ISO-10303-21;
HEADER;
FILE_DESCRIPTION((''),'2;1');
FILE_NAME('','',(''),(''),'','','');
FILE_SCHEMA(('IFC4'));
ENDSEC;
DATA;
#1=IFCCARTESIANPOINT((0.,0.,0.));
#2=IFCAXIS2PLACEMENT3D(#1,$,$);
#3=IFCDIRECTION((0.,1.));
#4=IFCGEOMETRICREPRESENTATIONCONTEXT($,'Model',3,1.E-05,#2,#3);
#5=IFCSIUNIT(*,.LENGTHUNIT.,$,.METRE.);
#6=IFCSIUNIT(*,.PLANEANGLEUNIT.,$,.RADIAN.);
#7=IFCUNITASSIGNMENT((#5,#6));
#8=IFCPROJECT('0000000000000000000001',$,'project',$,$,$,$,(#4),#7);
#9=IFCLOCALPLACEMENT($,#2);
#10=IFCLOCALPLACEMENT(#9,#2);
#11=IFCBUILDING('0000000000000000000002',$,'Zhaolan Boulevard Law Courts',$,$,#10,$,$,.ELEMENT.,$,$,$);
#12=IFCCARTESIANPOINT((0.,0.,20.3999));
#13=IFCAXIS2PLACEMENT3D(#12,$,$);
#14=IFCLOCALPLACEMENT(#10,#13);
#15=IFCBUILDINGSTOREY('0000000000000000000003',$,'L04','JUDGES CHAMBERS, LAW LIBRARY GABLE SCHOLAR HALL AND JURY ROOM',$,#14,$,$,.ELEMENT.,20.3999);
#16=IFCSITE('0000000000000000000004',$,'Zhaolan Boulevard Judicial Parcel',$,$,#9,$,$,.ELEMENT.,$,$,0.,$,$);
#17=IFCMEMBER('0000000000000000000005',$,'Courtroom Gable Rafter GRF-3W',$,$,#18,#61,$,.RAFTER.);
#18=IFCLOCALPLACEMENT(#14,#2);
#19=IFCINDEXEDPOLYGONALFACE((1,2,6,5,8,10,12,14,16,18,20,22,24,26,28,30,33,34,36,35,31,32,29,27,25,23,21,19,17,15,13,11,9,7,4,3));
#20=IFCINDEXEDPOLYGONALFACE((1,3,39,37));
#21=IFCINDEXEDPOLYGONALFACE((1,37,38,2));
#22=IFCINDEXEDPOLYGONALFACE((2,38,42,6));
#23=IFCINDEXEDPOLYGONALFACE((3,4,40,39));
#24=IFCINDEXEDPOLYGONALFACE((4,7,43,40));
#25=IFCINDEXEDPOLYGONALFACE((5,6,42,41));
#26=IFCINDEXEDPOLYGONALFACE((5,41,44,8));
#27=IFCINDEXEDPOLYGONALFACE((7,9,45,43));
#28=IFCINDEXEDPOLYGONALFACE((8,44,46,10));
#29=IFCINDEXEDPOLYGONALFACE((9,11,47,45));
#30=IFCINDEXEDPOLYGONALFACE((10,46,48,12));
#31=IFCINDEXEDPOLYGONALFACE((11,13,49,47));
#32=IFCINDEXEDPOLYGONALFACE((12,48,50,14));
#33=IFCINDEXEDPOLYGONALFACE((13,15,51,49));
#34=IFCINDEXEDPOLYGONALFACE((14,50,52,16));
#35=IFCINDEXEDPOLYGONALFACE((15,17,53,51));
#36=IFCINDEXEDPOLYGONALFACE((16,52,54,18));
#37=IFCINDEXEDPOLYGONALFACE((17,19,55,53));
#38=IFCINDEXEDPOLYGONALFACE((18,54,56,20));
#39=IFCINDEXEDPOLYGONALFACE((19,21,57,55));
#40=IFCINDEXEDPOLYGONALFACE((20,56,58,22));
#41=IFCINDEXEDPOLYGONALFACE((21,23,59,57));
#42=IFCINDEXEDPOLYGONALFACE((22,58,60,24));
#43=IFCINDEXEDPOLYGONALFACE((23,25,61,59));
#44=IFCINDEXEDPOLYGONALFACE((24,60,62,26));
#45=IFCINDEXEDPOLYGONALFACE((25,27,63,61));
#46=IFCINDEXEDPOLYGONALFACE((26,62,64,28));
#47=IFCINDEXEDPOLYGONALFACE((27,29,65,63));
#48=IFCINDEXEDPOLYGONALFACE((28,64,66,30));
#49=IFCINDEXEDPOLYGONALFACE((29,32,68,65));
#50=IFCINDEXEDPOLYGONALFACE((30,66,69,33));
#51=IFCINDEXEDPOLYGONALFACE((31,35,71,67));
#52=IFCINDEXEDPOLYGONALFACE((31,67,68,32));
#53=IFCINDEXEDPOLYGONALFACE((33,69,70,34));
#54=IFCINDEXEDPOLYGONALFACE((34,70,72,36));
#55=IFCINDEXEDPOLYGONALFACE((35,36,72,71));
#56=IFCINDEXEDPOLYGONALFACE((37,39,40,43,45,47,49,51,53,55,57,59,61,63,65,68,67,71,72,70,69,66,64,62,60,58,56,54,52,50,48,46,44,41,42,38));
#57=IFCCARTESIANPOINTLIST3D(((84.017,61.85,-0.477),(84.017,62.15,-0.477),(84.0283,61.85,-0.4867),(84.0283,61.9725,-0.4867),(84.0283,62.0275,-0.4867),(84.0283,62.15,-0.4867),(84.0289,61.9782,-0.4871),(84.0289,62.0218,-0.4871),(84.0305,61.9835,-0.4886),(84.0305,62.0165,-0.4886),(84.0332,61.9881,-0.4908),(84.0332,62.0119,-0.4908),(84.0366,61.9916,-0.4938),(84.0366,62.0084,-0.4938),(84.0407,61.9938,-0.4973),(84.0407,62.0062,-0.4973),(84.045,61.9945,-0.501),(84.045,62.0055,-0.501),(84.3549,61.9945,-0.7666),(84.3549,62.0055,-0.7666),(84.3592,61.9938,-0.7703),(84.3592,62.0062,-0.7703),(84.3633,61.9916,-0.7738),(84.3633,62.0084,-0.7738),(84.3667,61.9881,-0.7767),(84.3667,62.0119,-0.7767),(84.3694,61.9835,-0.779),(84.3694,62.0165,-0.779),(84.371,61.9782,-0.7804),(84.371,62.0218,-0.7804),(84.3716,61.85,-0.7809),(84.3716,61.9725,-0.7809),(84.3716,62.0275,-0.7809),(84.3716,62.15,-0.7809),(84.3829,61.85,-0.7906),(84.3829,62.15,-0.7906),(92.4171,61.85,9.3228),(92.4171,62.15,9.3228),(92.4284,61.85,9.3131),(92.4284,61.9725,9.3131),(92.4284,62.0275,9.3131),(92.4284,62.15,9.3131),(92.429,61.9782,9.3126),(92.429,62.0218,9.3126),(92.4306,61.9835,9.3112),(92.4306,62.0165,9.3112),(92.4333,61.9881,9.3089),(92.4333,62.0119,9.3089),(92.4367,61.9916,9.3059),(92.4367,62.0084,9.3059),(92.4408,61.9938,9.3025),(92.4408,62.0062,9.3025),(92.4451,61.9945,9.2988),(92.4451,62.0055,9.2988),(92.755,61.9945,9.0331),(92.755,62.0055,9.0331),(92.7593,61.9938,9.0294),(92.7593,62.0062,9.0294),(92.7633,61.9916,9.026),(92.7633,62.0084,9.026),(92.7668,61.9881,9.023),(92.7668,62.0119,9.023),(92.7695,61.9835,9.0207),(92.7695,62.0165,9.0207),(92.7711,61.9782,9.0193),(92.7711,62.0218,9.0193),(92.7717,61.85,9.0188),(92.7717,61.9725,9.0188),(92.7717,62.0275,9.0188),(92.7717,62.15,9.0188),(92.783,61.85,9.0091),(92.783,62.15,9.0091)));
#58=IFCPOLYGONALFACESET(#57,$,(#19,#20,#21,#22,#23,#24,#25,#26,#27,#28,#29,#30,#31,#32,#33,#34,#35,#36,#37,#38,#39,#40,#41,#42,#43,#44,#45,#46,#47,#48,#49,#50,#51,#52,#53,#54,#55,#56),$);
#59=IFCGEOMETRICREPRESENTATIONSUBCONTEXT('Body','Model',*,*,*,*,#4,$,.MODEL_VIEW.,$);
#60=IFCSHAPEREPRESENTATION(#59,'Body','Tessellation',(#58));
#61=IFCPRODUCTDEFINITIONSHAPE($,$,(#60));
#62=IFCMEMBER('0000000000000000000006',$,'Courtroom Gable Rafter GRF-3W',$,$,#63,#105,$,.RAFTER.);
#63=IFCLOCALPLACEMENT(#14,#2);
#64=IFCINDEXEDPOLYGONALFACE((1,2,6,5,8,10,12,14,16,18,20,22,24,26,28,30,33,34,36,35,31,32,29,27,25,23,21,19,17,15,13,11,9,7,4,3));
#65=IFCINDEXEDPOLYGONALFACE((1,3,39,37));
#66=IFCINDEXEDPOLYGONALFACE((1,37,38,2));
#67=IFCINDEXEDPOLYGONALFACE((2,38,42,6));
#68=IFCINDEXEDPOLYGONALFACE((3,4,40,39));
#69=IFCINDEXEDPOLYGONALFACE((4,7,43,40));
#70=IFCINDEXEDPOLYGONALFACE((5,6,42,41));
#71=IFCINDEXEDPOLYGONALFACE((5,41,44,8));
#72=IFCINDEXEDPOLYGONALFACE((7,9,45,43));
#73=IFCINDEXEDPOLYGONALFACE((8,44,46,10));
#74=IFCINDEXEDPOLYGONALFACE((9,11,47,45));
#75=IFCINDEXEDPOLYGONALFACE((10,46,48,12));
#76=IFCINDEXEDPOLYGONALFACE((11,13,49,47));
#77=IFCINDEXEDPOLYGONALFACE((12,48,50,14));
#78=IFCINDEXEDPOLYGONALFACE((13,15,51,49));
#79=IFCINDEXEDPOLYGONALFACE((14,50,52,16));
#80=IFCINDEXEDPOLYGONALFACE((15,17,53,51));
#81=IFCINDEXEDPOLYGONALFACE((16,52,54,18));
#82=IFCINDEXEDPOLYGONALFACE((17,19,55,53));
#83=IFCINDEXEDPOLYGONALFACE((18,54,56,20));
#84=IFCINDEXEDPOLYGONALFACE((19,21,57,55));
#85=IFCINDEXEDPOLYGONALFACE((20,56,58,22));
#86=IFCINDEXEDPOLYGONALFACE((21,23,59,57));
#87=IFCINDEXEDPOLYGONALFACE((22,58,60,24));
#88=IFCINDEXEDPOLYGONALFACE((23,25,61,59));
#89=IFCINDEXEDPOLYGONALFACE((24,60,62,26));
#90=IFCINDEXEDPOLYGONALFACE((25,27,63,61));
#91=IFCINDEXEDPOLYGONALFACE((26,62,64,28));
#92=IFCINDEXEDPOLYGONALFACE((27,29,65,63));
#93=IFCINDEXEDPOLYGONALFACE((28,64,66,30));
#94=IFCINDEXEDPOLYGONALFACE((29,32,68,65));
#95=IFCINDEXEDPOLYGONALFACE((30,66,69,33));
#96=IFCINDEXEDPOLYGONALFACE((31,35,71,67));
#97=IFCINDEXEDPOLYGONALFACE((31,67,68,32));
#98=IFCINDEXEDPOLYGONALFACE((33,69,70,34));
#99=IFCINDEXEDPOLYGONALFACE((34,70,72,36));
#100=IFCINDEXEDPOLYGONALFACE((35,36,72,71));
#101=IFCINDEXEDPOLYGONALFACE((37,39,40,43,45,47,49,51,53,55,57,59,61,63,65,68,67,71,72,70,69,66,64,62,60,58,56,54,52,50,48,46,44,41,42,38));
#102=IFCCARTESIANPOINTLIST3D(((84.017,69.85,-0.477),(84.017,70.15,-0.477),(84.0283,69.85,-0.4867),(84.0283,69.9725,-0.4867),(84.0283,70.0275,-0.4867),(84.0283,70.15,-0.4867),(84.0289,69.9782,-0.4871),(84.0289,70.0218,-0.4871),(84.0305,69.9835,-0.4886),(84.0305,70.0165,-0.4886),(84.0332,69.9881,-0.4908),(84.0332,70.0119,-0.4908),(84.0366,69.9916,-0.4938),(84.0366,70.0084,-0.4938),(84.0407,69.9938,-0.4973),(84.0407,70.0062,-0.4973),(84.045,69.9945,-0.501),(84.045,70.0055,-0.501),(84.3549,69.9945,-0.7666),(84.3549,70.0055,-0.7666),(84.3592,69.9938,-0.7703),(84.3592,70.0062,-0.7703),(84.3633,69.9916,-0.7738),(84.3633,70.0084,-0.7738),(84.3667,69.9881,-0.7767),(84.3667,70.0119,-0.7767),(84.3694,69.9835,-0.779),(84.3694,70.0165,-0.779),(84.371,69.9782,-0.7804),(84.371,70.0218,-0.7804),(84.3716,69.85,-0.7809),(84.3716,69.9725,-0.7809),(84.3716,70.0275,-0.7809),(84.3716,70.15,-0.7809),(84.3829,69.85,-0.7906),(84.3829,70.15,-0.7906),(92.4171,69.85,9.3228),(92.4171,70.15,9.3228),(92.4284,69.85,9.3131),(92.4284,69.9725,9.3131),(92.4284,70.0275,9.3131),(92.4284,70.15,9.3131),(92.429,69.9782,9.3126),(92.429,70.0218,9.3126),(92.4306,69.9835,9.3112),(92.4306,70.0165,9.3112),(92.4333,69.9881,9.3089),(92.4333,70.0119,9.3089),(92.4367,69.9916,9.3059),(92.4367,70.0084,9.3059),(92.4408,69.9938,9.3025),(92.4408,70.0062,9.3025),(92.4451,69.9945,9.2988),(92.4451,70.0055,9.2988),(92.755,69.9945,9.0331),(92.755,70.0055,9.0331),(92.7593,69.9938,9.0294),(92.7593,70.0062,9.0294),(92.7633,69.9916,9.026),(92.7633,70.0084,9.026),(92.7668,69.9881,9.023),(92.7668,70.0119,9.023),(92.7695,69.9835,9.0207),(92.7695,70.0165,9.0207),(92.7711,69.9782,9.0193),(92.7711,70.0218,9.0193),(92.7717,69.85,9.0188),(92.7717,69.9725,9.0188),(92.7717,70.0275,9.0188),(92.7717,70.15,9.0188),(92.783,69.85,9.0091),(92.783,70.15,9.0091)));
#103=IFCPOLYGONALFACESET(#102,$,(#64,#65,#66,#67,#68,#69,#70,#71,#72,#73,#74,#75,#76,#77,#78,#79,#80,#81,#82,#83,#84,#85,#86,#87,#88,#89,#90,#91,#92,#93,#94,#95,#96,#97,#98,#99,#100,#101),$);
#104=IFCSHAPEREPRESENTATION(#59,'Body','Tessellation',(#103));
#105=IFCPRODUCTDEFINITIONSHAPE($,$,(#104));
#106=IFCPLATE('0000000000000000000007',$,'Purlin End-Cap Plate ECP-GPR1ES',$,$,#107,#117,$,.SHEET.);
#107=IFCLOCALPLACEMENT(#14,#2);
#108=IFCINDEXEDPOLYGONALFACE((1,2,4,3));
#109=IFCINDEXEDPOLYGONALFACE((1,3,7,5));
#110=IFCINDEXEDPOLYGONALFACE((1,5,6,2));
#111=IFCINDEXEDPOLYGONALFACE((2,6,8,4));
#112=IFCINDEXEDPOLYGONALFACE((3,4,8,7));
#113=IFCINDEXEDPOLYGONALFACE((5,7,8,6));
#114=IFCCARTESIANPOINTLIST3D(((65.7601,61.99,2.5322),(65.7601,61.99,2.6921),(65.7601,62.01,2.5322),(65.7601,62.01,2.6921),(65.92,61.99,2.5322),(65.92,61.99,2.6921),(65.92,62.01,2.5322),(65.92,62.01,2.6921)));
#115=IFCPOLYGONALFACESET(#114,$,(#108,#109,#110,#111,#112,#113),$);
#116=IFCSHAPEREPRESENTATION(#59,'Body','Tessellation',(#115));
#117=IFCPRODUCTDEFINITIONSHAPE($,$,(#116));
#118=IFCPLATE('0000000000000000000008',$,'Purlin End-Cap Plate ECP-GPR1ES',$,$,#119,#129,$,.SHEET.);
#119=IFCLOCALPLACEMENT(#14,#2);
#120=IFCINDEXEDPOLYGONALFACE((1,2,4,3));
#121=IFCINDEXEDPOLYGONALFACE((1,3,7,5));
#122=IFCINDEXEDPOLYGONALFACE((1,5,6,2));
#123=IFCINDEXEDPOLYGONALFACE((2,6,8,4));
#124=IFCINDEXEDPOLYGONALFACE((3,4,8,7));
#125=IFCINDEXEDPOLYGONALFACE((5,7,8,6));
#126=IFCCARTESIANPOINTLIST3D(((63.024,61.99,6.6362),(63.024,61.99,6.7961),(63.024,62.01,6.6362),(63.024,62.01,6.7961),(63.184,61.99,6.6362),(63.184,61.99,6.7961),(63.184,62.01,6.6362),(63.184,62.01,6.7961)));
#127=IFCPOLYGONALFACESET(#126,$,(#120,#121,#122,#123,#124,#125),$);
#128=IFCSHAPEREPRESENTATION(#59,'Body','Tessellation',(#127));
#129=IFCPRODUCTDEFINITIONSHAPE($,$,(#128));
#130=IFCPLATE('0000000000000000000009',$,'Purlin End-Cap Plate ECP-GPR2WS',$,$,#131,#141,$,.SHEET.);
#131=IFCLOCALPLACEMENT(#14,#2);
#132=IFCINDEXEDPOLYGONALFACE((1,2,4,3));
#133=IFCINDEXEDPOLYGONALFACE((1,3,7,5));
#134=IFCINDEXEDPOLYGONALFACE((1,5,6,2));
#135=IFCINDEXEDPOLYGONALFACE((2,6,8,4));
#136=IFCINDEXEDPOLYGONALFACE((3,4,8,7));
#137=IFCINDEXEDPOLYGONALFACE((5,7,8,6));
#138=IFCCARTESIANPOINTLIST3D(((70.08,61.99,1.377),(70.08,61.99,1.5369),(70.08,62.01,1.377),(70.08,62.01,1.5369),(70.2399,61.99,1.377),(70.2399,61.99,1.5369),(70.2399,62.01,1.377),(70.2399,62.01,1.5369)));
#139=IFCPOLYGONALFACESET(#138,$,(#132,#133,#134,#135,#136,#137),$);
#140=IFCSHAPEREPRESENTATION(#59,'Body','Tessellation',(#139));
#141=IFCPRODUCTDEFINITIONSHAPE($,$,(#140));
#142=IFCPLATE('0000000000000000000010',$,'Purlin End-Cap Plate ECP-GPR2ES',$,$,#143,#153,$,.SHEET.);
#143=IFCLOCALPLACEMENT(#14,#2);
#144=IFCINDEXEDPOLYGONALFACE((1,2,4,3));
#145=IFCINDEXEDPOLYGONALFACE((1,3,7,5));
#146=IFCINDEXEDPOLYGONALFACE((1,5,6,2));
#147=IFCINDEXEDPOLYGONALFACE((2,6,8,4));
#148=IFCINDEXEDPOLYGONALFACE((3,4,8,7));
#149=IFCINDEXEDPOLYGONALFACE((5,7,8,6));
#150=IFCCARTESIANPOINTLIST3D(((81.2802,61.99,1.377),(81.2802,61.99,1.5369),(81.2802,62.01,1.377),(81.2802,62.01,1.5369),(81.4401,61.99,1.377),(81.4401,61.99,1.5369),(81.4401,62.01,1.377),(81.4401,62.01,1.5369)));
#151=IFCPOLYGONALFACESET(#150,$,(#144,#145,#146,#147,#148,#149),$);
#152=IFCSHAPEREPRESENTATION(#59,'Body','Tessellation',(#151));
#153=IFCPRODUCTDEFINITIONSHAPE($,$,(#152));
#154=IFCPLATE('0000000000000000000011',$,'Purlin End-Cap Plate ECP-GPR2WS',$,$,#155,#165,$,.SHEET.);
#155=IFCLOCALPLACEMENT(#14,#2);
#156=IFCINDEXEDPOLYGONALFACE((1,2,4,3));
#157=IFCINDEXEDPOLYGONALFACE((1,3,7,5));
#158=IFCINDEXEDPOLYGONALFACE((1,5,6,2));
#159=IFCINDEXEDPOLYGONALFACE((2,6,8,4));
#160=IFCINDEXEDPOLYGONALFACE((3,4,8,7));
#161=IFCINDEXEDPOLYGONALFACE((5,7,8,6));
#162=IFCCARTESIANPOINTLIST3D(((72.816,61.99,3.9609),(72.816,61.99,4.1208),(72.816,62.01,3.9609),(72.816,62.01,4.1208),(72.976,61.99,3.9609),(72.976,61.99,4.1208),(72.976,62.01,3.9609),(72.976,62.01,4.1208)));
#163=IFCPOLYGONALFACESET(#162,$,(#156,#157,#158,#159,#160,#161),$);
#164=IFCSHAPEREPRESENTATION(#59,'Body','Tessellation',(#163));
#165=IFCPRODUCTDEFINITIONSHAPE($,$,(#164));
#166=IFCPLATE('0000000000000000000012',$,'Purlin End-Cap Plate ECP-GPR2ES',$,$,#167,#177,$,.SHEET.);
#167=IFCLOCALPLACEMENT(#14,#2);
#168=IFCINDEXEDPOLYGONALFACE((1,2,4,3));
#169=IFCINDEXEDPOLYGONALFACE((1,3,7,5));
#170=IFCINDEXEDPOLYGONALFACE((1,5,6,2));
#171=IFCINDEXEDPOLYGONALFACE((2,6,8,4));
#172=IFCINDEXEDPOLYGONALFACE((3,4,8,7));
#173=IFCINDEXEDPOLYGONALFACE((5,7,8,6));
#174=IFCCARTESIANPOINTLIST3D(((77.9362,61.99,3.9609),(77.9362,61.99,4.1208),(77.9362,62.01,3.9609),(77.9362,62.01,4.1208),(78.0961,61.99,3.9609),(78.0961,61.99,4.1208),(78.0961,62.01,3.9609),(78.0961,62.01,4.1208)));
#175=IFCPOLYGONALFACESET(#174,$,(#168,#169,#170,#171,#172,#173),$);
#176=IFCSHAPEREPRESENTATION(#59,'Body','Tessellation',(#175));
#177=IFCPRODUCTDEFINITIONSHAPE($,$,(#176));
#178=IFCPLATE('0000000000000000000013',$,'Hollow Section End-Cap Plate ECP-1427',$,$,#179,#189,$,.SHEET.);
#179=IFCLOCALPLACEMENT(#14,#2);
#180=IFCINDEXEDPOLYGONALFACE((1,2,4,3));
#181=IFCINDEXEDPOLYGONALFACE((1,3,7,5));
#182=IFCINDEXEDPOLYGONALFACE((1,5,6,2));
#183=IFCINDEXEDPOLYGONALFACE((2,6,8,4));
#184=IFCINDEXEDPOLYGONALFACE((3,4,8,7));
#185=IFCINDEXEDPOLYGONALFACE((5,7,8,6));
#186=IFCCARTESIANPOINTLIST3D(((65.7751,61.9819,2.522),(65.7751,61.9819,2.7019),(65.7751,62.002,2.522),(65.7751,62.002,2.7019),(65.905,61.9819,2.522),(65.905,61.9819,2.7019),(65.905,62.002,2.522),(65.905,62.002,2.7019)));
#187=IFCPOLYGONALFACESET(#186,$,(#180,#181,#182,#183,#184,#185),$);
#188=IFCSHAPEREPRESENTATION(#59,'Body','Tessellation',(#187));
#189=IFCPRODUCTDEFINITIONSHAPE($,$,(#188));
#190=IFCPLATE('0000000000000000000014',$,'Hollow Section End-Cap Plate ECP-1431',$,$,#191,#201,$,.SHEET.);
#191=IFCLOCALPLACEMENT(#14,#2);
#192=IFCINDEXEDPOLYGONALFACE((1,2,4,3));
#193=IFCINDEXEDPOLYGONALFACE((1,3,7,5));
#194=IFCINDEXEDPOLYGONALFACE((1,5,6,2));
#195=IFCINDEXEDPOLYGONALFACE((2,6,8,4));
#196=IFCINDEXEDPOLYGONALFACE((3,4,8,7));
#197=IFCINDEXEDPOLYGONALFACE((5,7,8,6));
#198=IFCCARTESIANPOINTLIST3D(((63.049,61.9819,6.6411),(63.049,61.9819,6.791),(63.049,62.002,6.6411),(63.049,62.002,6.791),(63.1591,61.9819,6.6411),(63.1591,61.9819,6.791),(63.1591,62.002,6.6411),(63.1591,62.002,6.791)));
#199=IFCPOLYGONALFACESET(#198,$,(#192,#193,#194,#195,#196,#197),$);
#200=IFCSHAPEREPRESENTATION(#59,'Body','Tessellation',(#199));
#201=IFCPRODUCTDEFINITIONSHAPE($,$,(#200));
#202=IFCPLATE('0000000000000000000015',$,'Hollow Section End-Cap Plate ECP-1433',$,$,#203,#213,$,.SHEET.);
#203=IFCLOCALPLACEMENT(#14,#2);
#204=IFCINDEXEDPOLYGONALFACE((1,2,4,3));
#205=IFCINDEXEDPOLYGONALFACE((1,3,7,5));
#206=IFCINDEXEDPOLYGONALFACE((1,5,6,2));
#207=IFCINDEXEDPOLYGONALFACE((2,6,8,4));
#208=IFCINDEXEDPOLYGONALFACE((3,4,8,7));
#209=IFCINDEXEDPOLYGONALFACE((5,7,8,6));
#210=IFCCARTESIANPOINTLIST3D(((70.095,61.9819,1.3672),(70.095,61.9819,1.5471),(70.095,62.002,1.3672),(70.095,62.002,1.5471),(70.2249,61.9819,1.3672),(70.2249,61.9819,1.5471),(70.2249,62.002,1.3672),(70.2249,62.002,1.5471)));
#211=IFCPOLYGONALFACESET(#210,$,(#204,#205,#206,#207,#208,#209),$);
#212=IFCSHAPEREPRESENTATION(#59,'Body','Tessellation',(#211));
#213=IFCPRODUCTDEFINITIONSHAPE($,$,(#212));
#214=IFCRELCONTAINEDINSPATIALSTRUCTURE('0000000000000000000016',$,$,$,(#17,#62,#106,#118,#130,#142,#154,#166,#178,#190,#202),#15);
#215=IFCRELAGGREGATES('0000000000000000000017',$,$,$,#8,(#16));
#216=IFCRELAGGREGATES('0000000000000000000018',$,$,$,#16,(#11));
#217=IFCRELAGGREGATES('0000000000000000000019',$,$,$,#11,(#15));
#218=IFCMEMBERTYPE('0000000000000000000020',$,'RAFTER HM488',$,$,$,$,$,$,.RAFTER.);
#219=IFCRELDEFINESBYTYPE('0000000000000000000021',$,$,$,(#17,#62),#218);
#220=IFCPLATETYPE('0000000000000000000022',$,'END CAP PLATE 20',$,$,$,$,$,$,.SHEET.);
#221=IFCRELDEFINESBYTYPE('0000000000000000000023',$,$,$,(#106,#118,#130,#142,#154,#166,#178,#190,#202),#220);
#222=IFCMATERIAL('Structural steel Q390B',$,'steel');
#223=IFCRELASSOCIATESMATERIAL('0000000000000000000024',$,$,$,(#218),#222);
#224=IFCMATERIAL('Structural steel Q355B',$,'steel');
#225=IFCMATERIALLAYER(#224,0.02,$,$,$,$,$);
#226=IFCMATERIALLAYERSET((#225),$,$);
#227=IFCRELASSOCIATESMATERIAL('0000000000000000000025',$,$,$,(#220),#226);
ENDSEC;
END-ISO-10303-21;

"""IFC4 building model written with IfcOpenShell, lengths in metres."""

from ifc_helpers import new_model, si_unit, direction, frame, origin, origin_2d, place, context, subcontext, project, spatial, rectangle, i_section, extrude, material, layer, layer_set, material_profile, profile_set, type_object, element, save


model = new_model("IFC4")

# Units and contexts
model_context = context("Model", 3, precision=1e-05, world=origin(), true_north=direction((0.0, 1.0)))
body_context = subcontext(model_context, "Body", "Model", "MODEL_VIEW")
ifc_project = project(units=[si_unit("LENGTHUNIT", "METRE"), si_unit("PLANEANGLEUNIT", "RADIAN")], contexts=[model_context])

# Site, building, storey
site_placement = place(None, origin())
site = spatial("IfcSite", under=ifc_project, at=site_placement, Name="Zhaolan Boulevard Judicial Parcel", CompositionType="ELEMENT", RefElevation=0.0)
building_placement = place(site_placement, origin())
building = spatial("IfcBuilding", under=site, at=building_placement, Name="Zhaolan Boulevard Law Courts", CompositionType="ELEMENT")
storey_placement = place(building_placement, frame((0.0, 0.0, 20.3999)))
storey = spatial("IfcBuildingStorey", under=building, at=storey_placement, Name="L04", Description="JUDGES CHAMBERS, LAW LIBRARY GABLE SCHOLAR HALL AND JURY ROOM", CompositionType="ELEMENT", Elevation=20.3999)

# Members
ifc_material_1 = material(Name="Structural steel Q390B", Category="steel")
ifc_material_profile_1 = material_profile(ifc_material_1, i_section(OverallWidth=0.3, OverallDepth=0.4819, WebThickness=0.011, FlangeThickness=0.0149, FilletRadius=0.022, at=origin_2d()), Name="HM482x300")
ifc_profile_set_1 = profile_set([ifc_material_profile_1], Name="Structural steel Q390B")
member_type_1 = type_object("IfcMemberType", Name="RAFTER HM488", PredefinedType="RAFTER", material=ifc_profile_set_1)
for number, where, z_axis, x_axis, name in (
    (1, (84.2, 62.0, -0.6338), (0.650805, 0.0, 0.759245), (0.0, 1.0, 0.0), "Courtroom Gable Rafter GRF-3W"),
    (2, (84.2, 70.0, -0.6338), (0.650805, 0.0, 0.759245), (0.0, 1.0, 0.0), "Courtroom Gable Rafter GRF-3W"),
):
    element("IfcMember", number, at=place(storey_placement, frame(where, z_axis=z_axis, x_axis=x_axis)), inside=storey, type_object=member_type_1, Name=name, PredefinedType="RAFTER", context=body_context, shape_type="SweptSolid", body=[
        extrude(i_section(OverallWidth=0.3, OverallDepth=0.4819, WebThickness=0.011, FlangeThickness=0.0149, FilletRadius=0.022, at=origin_2d()), origin(), (0.0, 0.0, 1.0), 12.9072),
    ])

# Plates
ifc_material_2 = material(Name="Structural steel Q355B", Category="steel")
ifc_layer_1 = layer(ifc_material_2, 0.02)
ifc_layer_set_1 = layer_set([ifc_layer_1])
plate_type = type_object("IfcPlateType", Name="END CAP PLATE 20", PredefinedType="SHEET", material=ifc_layer_set_1)
for number, where, z_axis, x_axis, name in (
    (3, (65.8401, 62.0, 2.5322), (0.0, 0.0, 1.0), (1.0, 0.0, 0.0), "Purlin End-Cap Plate ECP-GPR1ES"),
    (4, (63.104, 62.0, 6.6362), (0.0, 0.0, 1.0), (1.0, 0.0, 0.0), "Purlin End-Cap Plate ECP-GPR1ES"),
    (5, (70.1599, 62.0, 1.377), (0.0, 0.0, 1.0), (1.0, 0.0, 0.0), "Purlin End-Cap Plate ECP-GPR2WS"),
    (6, (81.3601, 62.0, 1.377), (0.0, 0.0, 1.0), (1.0, 0.0, 0.0), "Purlin End-Cap Plate ECP-GPR2ES"),
    (7, (72.896, 62.0, 3.9609), (0.0, 0.0, 1.0), (1.0, 0.0, 0.0), "Purlin End-Cap Plate ECP-GPR2WS"),
    (8, (78.0161, 62.0, 3.9609), (0.0, 0.0, 1.0), (1.0, 0.0, 0.0), "Purlin End-Cap Plate ECP-GPR2ES"),
):
    element("IfcPlate", number, at=place(storey_placement, frame(where, z_axis=z_axis, x_axis=x_axis)), inside=storey, type_object=plate_type, Name=name, PredefinedType="SHEET", context=body_context, shape_type="SweptSolid", body=[
        extrude(rectangle(XDim=0.1599, YDim=0.02, at=origin_2d()), origin(), (0.0, 0.0, 1.0), 0.1599),
    ])
plate_1_placement = place(storey_placement, frame((65.8401, 61.9919, 2.522), z_axis=(0.0, 0.0, 1.0), x_axis=(0.0, 1.0, 0.0)))
element("IfcPlate", 9, at=plate_1_placement, inside=storey, type_object=plate_type, Name="Hollow Section End-Cap Plate ECP-1427", PredefinedType="SHEET", context=body_context, shape_type="SweptSolid", body=[
    extrude(rectangle(XDim=0.02, YDim=0.1299, at=origin_2d()), origin(), (0.0, 0.0, 1.0), 0.1799),
])
plate_2_placement = place(storey_placement, frame((63.104, 61.9919, 6.6411), z_axis=(0.0, 0.0, 1.0), x_axis=(0.0, 1.0, 0.0)))
element("IfcPlate", 10, at=plate_2_placement, inside=storey, type_object=plate_type, Name="Hollow Section End-Cap Plate ECP-1431", PredefinedType="SHEET", context=body_context, shape_type="SweptSolid", body=[
    extrude(rectangle(XDim=0.02, YDim=0.1101, at=origin_2d()), origin(), (0.0, 0.0, 1.0), 0.1499),
])
for number, where, z_axis, x_axis, name in (
    (11, (70.1599, 61.9919, 1.3672), (0.0, 0.0, 1.0), (0.0, 1.0, 0.0), "Hollow Section End-Cap Plate ECP-1433"),
):
    element("IfcPlate", number, at=place(storey_placement, frame(where, z_axis=z_axis, x_axis=x_axis)), inside=storey, type_object=plate_type, Name=name, PredefinedType="SHEET", context=body_context, shape_type="SweptSolid", body=[
        extrude(rectangle(XDim=0.02, YDim=0.1299, at=origin_2d()), origin(), (0.0, 0.0, 1.0), 0.1799),
    ])

save(model, "model.ifc")
